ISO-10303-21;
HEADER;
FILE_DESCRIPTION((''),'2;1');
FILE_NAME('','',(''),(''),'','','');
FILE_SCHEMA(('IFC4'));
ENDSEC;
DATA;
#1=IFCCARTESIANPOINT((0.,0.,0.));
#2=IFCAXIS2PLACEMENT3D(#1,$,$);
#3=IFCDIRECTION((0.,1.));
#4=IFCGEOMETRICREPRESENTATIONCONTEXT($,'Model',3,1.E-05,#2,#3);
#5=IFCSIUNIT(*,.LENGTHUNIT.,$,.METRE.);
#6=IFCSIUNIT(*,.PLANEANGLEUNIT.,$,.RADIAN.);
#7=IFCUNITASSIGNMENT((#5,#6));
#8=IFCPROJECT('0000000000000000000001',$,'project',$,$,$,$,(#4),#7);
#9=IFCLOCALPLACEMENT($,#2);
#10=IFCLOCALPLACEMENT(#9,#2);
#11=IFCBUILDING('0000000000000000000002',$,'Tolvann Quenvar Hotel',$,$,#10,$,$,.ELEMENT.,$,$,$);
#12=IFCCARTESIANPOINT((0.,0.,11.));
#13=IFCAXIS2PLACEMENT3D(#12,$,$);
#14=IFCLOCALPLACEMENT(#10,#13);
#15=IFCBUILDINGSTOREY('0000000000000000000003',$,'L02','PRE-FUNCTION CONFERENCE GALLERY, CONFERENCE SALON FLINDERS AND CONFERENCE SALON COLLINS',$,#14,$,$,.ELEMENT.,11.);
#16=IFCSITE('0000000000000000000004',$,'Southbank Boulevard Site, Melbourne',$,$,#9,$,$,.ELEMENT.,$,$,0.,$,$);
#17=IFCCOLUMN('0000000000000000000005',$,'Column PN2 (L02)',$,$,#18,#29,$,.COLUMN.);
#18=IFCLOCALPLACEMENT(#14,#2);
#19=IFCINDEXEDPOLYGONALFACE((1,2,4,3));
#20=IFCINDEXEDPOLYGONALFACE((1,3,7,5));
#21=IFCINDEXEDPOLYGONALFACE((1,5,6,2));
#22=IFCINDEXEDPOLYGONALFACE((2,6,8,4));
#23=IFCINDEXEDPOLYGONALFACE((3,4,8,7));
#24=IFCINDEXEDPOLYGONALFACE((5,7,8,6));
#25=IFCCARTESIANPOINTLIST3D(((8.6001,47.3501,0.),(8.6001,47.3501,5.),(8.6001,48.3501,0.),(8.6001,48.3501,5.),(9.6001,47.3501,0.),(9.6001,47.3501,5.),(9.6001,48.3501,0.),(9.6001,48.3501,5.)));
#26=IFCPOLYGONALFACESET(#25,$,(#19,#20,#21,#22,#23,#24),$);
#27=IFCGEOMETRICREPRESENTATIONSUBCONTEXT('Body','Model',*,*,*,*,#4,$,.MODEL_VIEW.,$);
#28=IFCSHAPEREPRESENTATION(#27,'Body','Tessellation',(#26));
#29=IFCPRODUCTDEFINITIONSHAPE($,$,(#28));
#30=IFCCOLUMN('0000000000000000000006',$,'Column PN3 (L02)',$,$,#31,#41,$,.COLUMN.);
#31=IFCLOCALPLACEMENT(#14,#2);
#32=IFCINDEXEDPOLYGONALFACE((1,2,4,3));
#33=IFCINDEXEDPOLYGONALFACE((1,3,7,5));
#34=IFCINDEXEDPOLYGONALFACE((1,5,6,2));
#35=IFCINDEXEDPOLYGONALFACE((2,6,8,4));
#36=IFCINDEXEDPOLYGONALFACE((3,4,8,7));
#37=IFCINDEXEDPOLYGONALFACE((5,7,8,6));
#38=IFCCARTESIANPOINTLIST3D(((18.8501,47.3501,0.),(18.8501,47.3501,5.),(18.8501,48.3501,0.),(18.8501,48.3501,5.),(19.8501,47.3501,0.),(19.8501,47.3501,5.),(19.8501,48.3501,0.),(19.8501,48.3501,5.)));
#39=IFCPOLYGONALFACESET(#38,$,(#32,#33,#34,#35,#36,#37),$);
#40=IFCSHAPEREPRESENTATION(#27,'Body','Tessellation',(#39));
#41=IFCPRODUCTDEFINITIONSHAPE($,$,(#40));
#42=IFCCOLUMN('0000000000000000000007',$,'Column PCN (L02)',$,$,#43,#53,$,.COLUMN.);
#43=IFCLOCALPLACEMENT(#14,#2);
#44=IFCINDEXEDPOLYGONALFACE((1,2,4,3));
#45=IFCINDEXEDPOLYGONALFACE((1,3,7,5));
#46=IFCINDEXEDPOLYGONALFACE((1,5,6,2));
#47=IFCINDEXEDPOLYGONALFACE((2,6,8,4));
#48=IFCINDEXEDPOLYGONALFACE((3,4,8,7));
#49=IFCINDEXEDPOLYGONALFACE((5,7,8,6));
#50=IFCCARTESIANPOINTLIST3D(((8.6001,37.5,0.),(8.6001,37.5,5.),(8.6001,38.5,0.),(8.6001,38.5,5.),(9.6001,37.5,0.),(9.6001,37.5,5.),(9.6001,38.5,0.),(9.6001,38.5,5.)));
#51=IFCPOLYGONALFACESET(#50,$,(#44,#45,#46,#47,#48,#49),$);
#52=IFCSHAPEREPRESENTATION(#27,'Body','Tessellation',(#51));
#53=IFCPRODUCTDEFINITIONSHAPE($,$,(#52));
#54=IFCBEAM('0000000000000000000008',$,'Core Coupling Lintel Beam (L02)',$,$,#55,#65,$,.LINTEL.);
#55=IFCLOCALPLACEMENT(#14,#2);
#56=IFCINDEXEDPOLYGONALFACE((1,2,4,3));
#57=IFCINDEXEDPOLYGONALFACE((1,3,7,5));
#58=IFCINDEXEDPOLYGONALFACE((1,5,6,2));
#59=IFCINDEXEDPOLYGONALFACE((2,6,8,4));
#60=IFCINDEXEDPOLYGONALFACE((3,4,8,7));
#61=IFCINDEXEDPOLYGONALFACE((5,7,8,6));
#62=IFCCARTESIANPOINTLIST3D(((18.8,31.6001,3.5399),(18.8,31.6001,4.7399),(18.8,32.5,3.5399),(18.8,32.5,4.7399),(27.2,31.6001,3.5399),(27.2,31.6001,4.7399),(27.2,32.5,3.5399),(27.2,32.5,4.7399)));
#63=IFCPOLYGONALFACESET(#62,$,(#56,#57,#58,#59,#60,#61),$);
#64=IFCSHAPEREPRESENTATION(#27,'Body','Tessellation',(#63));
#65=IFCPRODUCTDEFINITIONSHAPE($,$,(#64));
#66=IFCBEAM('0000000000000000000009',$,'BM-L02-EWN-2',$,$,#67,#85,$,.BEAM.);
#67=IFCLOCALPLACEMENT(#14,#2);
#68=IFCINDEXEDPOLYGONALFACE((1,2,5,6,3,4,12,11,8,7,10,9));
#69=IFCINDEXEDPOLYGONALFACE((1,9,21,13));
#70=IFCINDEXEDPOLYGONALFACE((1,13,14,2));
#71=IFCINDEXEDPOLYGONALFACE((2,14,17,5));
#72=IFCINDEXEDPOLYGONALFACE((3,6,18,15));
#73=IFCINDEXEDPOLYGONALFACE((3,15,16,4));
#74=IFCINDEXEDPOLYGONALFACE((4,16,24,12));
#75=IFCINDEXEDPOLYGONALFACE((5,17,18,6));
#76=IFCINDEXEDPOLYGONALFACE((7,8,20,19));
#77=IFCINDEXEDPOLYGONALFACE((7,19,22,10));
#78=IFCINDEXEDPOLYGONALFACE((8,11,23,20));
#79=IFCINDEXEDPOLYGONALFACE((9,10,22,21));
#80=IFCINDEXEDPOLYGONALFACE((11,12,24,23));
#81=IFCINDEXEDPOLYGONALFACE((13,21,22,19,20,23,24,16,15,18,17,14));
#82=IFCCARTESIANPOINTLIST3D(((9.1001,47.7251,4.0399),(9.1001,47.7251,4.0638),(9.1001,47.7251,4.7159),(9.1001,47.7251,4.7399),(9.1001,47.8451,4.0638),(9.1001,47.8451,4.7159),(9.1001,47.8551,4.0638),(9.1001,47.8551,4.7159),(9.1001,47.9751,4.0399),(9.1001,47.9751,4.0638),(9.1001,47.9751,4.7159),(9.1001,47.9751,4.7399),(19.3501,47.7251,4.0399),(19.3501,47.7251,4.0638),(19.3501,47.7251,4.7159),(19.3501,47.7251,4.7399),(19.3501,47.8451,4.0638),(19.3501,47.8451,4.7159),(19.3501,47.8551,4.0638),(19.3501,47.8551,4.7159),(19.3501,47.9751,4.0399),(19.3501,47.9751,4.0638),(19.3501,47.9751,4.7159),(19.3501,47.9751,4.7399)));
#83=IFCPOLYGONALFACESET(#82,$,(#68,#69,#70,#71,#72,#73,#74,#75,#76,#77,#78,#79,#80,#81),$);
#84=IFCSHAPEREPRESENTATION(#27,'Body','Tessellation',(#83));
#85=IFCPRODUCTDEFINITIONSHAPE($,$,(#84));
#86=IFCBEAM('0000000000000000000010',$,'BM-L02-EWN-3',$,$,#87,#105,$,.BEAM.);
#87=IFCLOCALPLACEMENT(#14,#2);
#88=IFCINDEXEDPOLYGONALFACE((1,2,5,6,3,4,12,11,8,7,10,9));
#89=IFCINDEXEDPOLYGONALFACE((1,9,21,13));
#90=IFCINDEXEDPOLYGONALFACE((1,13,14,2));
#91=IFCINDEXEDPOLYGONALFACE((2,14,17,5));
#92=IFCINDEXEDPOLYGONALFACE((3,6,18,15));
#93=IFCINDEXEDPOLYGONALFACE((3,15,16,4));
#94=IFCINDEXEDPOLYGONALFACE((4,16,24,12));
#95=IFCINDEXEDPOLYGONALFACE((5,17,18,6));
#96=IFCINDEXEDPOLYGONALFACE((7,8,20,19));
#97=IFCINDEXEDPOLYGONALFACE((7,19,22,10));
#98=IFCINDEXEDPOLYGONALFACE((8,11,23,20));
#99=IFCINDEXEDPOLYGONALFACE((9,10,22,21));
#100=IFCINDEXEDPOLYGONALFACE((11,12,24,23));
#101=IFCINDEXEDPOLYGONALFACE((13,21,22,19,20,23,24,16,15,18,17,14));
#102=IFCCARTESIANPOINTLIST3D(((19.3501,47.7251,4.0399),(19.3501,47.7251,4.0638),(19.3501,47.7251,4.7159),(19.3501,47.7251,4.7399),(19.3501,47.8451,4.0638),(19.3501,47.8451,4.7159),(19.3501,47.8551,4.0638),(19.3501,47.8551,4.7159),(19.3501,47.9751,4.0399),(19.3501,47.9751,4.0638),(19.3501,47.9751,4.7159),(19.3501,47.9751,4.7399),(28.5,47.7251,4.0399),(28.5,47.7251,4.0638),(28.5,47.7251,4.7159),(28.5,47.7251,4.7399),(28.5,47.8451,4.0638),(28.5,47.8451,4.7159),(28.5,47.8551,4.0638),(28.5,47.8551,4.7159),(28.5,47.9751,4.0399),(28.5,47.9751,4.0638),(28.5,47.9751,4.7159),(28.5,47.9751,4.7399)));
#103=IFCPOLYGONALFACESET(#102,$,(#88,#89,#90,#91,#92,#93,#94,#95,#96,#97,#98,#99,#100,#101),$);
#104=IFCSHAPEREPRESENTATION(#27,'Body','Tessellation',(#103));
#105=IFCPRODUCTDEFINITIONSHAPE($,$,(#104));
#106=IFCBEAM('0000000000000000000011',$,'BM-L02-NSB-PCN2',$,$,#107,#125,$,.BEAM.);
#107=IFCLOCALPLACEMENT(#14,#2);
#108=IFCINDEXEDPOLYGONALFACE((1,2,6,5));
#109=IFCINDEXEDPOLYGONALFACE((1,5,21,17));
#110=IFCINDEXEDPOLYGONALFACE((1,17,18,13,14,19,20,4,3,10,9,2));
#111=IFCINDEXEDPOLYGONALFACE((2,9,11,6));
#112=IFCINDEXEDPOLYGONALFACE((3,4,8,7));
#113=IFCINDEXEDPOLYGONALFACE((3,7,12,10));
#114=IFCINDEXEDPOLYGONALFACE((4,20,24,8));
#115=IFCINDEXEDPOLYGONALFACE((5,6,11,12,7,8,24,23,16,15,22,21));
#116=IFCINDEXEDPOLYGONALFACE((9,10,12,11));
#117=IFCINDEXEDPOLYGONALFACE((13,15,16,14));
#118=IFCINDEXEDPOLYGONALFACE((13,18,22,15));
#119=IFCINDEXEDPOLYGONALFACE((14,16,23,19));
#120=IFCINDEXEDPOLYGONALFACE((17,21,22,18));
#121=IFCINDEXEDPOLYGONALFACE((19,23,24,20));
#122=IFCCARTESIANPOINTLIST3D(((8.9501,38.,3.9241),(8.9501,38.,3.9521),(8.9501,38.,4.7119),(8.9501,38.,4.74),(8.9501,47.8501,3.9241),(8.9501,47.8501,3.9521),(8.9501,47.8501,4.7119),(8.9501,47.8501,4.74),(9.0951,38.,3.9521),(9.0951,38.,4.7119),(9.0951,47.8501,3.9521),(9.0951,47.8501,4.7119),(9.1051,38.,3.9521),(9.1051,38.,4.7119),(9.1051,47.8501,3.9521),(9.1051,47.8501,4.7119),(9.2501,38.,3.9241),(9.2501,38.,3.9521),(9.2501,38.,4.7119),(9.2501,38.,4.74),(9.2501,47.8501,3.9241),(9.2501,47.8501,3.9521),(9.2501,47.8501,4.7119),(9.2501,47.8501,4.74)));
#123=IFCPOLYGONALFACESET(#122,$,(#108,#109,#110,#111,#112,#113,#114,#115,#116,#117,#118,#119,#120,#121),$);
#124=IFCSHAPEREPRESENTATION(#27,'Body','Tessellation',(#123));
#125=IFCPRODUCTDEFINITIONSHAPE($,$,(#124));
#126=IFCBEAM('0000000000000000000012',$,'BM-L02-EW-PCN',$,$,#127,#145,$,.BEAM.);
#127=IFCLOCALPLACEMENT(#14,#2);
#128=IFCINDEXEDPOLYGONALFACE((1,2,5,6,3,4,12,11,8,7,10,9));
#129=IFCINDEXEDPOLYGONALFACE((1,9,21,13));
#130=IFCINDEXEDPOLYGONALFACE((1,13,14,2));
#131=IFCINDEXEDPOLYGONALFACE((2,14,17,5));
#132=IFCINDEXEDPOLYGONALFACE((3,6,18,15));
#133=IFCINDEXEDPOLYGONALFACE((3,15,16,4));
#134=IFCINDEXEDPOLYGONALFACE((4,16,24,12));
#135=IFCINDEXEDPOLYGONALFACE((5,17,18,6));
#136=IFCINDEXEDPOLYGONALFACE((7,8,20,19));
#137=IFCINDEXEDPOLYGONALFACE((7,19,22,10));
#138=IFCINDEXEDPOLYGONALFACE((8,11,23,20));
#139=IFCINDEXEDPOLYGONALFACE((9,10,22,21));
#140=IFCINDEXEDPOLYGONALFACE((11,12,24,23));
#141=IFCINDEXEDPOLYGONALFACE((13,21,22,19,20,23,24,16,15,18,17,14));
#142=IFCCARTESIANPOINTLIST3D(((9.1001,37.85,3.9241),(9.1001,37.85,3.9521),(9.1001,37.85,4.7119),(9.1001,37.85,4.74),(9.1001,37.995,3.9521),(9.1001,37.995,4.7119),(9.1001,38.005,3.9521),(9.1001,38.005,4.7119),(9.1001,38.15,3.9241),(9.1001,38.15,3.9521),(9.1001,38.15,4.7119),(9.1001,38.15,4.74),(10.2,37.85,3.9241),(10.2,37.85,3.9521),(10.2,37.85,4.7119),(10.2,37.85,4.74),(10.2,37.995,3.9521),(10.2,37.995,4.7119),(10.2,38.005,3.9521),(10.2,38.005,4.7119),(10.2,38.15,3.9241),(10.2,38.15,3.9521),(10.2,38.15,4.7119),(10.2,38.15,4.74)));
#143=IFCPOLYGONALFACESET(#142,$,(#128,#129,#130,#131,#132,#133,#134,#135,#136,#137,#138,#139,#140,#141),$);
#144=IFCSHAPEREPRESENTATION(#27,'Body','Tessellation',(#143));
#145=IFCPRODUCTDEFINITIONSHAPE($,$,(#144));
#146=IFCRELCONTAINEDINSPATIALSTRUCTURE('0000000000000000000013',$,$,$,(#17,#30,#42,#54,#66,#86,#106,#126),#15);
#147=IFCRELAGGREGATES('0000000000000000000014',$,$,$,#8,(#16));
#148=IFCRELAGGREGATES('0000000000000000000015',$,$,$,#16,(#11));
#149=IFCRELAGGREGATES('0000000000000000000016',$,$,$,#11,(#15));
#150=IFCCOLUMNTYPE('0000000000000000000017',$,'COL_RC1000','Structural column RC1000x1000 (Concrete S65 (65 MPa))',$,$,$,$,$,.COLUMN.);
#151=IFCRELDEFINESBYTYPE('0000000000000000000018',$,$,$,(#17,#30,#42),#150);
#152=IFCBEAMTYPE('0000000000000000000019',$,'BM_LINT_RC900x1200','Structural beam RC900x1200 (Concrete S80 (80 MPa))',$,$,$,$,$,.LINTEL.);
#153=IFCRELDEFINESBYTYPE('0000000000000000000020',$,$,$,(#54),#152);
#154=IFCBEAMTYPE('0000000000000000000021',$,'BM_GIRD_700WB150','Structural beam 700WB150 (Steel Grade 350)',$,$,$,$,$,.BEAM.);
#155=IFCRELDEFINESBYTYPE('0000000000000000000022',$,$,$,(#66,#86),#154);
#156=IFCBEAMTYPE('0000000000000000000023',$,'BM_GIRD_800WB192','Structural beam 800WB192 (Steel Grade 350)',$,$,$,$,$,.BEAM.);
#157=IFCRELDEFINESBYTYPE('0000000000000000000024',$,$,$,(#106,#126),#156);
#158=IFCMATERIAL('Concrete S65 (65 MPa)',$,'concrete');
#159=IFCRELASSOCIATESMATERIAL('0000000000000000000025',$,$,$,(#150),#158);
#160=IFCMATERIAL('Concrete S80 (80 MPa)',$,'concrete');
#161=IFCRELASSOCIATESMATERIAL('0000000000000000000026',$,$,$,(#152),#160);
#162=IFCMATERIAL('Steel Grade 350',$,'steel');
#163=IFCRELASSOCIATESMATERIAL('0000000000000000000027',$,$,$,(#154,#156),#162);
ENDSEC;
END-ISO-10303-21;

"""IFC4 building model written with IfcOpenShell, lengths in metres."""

from ifc_helpers import new_model, si_unit, direction, frame, origin, origin_2d, place, context, subcontext, project, spatial, rectangle, i_section, extrude, source, transform, mapped, material, material_profile, profile_set, type_object, type_shapes, element, save


model = new_model("IFC4")

# Units and contexts
model_context = context("Model", 3, precision=1e-05, world=origin(), true_north=direction((0.0, 1.0)))
body_context = subcontext(model_context, "Body", "Model", "MODEL_VIEW")
ifc_project = project(units=[si_unit("LENGTHUNIT", "METRE"), si_unit("PLANEANGLEUNIT", "RADIAN")], contexts=[model_context])

# Site, building, storey
site_placement = place(None, origin())
site = spatial("IfcSite", under=ifc_project, at=site_placement, Name="Southbank Boulevard Site, Melbourne", CompositionType="ELEMENT", RefElevation=0.0)
building_placement = place(site_placement, origin())
building = spatial("IfcBuilding", under=site, at=building_placement, Name="Tolvann Quenvar Hotel", CompositionType="ELEMENT")
storey_placement = place(building_placement, frame((0.0, 0.0, 11.0)))
storey = spatial("IfcBuildingStorey", under=building, at=storey_placement, Name="L02", Description="PRE-FUNCTION CONFERENCE GALLERY, CONFERENCE SALON FLINDERS AND CONFERENCE SALON COLLINS", CompositionType="ELEMENT", Elevation=11.0)

# Columns
ifc_material_1 = material(Name="Concrete S65 (65 MPa)", Category="concrete")
ifc_material_profile_1 = material_profile(ifc_material_1, rectangle(XDim=1.0, YDim=1.0, at=origin_2d()), Name="RC1000x1000")
ifc_profile_set_1 = profile_set([ifc_material_profile_1], Name="Concrete S65 (65 MPa)")
column_type = type_object("IfcColumnType", Name="COL_RC1000", Description="Structural column RC1000x1000 (Concrete S65 (65 MPa))", PredefinedType="COLUMN", material=ifc_profile_set_1)
shared_shape_1 = source(origin(), body_context, "Body", "SweptSolid", [
    extrude(rectangle(XDim=1.0, YDim=1.0, at=origin_2d()), origin(), (0.0, 0.0, 1.0), 5.0),
])
type_shapes(column_type, [shared_shape_1])
for number, where, z_axis, x_axis, name in (
    (1, (9.1001, 47.8501, 0.0), (0.0, 0.0, 1.0), (1.0, 0.0, 0.0), "Column PN2 (L02)"),
    (2, (19.3501, 47.8501, 0.0), (0.0, 0.0, 1.0), (1.0, 0.0, 0.0), "Column PN3 (L02)"),
    (3, (9.1001, 38.0, 0.0), (0.0, 0.0, 1.0), (1.0, 0.0, 0.0), "Column PCN (L02)"),
):
    element("IfcColumn", number, at=place(storey_placement, frame(where, z_axis=z_axis, x_axis=x_axis)), inside=storey, type_object=column_type, Name=name, PredefinedType="COLUMN", context=body_context, shape_type="MappedRepresentation", body=[
        mapped(shared_shape_1, transform((0.0, 0.0, 0.0), x_axis=(1.0, 0.0, 0.0), y_axis=(0.0, 1.0, 0.0), z_axis=(0.0, 0.0, 1.0), scale=1.0)),
    ])

# Beams
ifc_material_2 = material(Name="Concrete S80 (80 MPa)", Category="concrete")
ifc_material_profile_2 = material_profile(ifc_material_2, rectangle(XDim=0.8999, YDim=1.2, at=origin_2d()), Name="RC900x1200")
ifc_profile_set_2 = profile_set([ifc_material_profile_2], Name="Concrete S80 (80 MPa)")
beam_type_1 = type_object("IfcBeamType", Name="BM_LINT_RC900x1200", Description="Structural beam RC900x1200 (Concrete S80 (80 MPa))", PredefinedType="LINTEL", material=ifc_profile_set_2)
shared_shape_2 = source(origin(), body_context, "Body", "SweptSolid", [
    extrude(rectangle(XDim=0.8999, YDim=1.2, at=origin_2d()), origin(), (0.0, 0.0, 1.0), 8.3999),
])
type_shapes(beam_type_1, [shared_shape_2])
beam_1_placement = place(storey_placement, frame((18.8, 32.05, 4.1399), z_axis=(1.0, 0.0, 0.0), x_axis=(0.0, 1.0, 0.0)))
element("IfcBeam", 4, at=beam_1_placement, inside=storey, type_object=beam_type_1, Name="Core Coupling Lintel Beam (L02)", PredefinedType="LINTEL", context=body_context, shape_type="MappedRepresentation", body=[
    mapped(shared_shape_2, transform((0.0, 0.0, 0.0), x_axis=(1.0, 0.0, 0.0), y_axis=(0.0, 1.0, 0.0), z_axis=(0.0, 0.0, 1.0), scale=1.0)),
])
ifc_material_3 = material(Name="Steel Grade 350", Category="steel")
ifc_material_profile_3 = material_profile(ifc_material_3, i_section(OverallWidth=0.25, OverallDepth=0.7, WebThickness=0.01, FlangeThickness=0.0239, at=origin_2d()), Name="700WB150")
ifc_profile_set_3 = profile_set([ifc_material_profile_3], Name="Steel Grade 350")
beam_type_2 = type_object("IfcBeamType", Name="BM_GIRD_700WB150", Description="Structural beam 700WB150 (Steel Grade 350)", PredefinedType="BEAM", material=ifc_profile_set_3)
shared_shape_3 = source(origin(), body_context, "Body", "SweptSolid", [
    extrude(i_section(OverallWidth=0.25, OverallDepth=0.7, WebThickness=0.01, FlangeThickness=0.0239, at=origin_2d()), origin(), (0.0, 0.0, 1.0), 10.25),
])
beam_2_placement = place(storey_placement, frame((9.1001, 47.8501, 4.3899), z_axis=(1.0, 0.0, 0.0), x_axis=(0.0, 1.0, 0.0)))
element("IfcBeam", 5, at=beam_2_placement, inside=storey, type_object=beam_type_2, Name="BM-L02-EWN-2", PredefinedType="BEAM", context=body_context, shape_type="MappedRepresentation", body=[
    mapped(shared_shape_3, transform((0.0, 0.0, 0.0), x_axis=(1.0, 0.0, 0.0), y_axis=(0.0, 1.0, 0.0), z_axis=(0.0, 0.0, 1.0), scale=1.0)),
])
shared_shape_4 = source(origin(), body_context, "Body", "SweptSolid", [
    extrude(i_section(OverallWidth=0.25, OverallDepth=0.7, WebThickness=0.01, FlangeThickness=0.0239, at=origin_2d()), origin(), (0.0, 0.0, 1.0), 9.1499),
])
type_shapes(beam_type_2, [shared_shape_3, shared_shape_4])
beam_3_placement = place(storey_placement, frame((19.3501, 47.8501, 4.3899), z_axis=(1.0, 0.0, 0.0), x_axis=(0.0, 1.0, 0.0)))
element("IfcBeam", 6, at=beam_3_placement, inside=storey, type_object=beam_type_2, Name="BM-L02-EWN-3", PredefinedType="BEAM", context=body_context, shape_type="MappedRepresentation", body=[
    mapped(shared_shape_4, transform((0.0, 0.0, 0.0), x_axis=(1.0, 0.0, 0.0), y_axis=(0.0, 1.0, 0.0), z_axis=(0.0, 0.0, 1.0), scale=1.0)),
])
ifc_material_profile_4 = material_profile(ifc_material_3, i_section(OverallWidth=0.3, OverallDepth=0.8159, WebThickness=0.01, FlangeThickness=0.0281, at=origin_2d()), Name="800WB192")
ifc_profile_set_4 = profile_set([ifc_material_profile_4], Name="Steel Grade 350")
beam_type_3 = type_object("IfcBeamType", Name="BM_GIRD_800WB192", Description="Structural beam 800WB192 (Steel Grade 350)", PredefinedType="BEAM", material=ifc_profile_set_4)
shared_shape_5 = source(origin(), body_context, "Body", "SweptSolid", [
    extrude(i_section(OverallWidth=0.3, OverallDepth=0.8159, WebThickness=0.01, FlangeThickness=0.0281, at=origin_2d()), origin(), (0.0, 0.0, 1.0), 9.8501),
])
beam_4_placement = place(storey_placement, frame((9.1001, 38.0, 4.332), z_axis=(0.0, 1.0, 0.0), x_axis=(-1.0, 0.0, 0.0)))
element("IfcBeam", 7, at=beam_4_placement, inside=storey, type_object=beam_type_3, Name="BM-L02-NSB-PCN2", PredefinedType="BEAM", context=body_context, shape_type="MappedRepresentation", body=[
    mapped(shared_shape_5, transform((0.0, 0.0, 0.0), x_axis=(1.0, 0.0, 0.0), y_axis=(0.0, 1.0, 0.0), z_axis=(0.0, 0.0, 1.0), scale=1.0)),
])
shared_shape_6 = source(origin(), body_context, "Body", "SweptSolid", [
    extrude(i_section(OverallWidth=0.3, OverallDepth=0.8159, WebThickness=0.01, FlangeThickness=0.0281, at=origin_2d()), origin(), (0.0, 0.0, 1.0), 1.0999),
])
type_shapes(beam_type_3, [shared_shape_5, shared_shape_6])
beam_5_placement = place(storey_placement, frame((9.1001, 38.0, 4.332), z_axis=(1.0, 0.0, 0.0), x_axis=(0.0, 1.0, 0.0)))
element("IfcBeam", 8, at=beam_5_placement, inside=storey, type_object=beam_type_3, Name="BM-L02-EW-PCN", PredefinedType="BEAM", context=body_context, shape_type="MappedRepresentation", body=[
    mapped(shared_shape_6, transform((0.0, 0.0, 0.0), x_axis=(1.0, 0.0, 0.0), y_axis=(0.0, 1.0, 0.0), z_axis=(0.0, 0.0, 1.0), scale=1.0)),
])

save(model, "model.ifc")
